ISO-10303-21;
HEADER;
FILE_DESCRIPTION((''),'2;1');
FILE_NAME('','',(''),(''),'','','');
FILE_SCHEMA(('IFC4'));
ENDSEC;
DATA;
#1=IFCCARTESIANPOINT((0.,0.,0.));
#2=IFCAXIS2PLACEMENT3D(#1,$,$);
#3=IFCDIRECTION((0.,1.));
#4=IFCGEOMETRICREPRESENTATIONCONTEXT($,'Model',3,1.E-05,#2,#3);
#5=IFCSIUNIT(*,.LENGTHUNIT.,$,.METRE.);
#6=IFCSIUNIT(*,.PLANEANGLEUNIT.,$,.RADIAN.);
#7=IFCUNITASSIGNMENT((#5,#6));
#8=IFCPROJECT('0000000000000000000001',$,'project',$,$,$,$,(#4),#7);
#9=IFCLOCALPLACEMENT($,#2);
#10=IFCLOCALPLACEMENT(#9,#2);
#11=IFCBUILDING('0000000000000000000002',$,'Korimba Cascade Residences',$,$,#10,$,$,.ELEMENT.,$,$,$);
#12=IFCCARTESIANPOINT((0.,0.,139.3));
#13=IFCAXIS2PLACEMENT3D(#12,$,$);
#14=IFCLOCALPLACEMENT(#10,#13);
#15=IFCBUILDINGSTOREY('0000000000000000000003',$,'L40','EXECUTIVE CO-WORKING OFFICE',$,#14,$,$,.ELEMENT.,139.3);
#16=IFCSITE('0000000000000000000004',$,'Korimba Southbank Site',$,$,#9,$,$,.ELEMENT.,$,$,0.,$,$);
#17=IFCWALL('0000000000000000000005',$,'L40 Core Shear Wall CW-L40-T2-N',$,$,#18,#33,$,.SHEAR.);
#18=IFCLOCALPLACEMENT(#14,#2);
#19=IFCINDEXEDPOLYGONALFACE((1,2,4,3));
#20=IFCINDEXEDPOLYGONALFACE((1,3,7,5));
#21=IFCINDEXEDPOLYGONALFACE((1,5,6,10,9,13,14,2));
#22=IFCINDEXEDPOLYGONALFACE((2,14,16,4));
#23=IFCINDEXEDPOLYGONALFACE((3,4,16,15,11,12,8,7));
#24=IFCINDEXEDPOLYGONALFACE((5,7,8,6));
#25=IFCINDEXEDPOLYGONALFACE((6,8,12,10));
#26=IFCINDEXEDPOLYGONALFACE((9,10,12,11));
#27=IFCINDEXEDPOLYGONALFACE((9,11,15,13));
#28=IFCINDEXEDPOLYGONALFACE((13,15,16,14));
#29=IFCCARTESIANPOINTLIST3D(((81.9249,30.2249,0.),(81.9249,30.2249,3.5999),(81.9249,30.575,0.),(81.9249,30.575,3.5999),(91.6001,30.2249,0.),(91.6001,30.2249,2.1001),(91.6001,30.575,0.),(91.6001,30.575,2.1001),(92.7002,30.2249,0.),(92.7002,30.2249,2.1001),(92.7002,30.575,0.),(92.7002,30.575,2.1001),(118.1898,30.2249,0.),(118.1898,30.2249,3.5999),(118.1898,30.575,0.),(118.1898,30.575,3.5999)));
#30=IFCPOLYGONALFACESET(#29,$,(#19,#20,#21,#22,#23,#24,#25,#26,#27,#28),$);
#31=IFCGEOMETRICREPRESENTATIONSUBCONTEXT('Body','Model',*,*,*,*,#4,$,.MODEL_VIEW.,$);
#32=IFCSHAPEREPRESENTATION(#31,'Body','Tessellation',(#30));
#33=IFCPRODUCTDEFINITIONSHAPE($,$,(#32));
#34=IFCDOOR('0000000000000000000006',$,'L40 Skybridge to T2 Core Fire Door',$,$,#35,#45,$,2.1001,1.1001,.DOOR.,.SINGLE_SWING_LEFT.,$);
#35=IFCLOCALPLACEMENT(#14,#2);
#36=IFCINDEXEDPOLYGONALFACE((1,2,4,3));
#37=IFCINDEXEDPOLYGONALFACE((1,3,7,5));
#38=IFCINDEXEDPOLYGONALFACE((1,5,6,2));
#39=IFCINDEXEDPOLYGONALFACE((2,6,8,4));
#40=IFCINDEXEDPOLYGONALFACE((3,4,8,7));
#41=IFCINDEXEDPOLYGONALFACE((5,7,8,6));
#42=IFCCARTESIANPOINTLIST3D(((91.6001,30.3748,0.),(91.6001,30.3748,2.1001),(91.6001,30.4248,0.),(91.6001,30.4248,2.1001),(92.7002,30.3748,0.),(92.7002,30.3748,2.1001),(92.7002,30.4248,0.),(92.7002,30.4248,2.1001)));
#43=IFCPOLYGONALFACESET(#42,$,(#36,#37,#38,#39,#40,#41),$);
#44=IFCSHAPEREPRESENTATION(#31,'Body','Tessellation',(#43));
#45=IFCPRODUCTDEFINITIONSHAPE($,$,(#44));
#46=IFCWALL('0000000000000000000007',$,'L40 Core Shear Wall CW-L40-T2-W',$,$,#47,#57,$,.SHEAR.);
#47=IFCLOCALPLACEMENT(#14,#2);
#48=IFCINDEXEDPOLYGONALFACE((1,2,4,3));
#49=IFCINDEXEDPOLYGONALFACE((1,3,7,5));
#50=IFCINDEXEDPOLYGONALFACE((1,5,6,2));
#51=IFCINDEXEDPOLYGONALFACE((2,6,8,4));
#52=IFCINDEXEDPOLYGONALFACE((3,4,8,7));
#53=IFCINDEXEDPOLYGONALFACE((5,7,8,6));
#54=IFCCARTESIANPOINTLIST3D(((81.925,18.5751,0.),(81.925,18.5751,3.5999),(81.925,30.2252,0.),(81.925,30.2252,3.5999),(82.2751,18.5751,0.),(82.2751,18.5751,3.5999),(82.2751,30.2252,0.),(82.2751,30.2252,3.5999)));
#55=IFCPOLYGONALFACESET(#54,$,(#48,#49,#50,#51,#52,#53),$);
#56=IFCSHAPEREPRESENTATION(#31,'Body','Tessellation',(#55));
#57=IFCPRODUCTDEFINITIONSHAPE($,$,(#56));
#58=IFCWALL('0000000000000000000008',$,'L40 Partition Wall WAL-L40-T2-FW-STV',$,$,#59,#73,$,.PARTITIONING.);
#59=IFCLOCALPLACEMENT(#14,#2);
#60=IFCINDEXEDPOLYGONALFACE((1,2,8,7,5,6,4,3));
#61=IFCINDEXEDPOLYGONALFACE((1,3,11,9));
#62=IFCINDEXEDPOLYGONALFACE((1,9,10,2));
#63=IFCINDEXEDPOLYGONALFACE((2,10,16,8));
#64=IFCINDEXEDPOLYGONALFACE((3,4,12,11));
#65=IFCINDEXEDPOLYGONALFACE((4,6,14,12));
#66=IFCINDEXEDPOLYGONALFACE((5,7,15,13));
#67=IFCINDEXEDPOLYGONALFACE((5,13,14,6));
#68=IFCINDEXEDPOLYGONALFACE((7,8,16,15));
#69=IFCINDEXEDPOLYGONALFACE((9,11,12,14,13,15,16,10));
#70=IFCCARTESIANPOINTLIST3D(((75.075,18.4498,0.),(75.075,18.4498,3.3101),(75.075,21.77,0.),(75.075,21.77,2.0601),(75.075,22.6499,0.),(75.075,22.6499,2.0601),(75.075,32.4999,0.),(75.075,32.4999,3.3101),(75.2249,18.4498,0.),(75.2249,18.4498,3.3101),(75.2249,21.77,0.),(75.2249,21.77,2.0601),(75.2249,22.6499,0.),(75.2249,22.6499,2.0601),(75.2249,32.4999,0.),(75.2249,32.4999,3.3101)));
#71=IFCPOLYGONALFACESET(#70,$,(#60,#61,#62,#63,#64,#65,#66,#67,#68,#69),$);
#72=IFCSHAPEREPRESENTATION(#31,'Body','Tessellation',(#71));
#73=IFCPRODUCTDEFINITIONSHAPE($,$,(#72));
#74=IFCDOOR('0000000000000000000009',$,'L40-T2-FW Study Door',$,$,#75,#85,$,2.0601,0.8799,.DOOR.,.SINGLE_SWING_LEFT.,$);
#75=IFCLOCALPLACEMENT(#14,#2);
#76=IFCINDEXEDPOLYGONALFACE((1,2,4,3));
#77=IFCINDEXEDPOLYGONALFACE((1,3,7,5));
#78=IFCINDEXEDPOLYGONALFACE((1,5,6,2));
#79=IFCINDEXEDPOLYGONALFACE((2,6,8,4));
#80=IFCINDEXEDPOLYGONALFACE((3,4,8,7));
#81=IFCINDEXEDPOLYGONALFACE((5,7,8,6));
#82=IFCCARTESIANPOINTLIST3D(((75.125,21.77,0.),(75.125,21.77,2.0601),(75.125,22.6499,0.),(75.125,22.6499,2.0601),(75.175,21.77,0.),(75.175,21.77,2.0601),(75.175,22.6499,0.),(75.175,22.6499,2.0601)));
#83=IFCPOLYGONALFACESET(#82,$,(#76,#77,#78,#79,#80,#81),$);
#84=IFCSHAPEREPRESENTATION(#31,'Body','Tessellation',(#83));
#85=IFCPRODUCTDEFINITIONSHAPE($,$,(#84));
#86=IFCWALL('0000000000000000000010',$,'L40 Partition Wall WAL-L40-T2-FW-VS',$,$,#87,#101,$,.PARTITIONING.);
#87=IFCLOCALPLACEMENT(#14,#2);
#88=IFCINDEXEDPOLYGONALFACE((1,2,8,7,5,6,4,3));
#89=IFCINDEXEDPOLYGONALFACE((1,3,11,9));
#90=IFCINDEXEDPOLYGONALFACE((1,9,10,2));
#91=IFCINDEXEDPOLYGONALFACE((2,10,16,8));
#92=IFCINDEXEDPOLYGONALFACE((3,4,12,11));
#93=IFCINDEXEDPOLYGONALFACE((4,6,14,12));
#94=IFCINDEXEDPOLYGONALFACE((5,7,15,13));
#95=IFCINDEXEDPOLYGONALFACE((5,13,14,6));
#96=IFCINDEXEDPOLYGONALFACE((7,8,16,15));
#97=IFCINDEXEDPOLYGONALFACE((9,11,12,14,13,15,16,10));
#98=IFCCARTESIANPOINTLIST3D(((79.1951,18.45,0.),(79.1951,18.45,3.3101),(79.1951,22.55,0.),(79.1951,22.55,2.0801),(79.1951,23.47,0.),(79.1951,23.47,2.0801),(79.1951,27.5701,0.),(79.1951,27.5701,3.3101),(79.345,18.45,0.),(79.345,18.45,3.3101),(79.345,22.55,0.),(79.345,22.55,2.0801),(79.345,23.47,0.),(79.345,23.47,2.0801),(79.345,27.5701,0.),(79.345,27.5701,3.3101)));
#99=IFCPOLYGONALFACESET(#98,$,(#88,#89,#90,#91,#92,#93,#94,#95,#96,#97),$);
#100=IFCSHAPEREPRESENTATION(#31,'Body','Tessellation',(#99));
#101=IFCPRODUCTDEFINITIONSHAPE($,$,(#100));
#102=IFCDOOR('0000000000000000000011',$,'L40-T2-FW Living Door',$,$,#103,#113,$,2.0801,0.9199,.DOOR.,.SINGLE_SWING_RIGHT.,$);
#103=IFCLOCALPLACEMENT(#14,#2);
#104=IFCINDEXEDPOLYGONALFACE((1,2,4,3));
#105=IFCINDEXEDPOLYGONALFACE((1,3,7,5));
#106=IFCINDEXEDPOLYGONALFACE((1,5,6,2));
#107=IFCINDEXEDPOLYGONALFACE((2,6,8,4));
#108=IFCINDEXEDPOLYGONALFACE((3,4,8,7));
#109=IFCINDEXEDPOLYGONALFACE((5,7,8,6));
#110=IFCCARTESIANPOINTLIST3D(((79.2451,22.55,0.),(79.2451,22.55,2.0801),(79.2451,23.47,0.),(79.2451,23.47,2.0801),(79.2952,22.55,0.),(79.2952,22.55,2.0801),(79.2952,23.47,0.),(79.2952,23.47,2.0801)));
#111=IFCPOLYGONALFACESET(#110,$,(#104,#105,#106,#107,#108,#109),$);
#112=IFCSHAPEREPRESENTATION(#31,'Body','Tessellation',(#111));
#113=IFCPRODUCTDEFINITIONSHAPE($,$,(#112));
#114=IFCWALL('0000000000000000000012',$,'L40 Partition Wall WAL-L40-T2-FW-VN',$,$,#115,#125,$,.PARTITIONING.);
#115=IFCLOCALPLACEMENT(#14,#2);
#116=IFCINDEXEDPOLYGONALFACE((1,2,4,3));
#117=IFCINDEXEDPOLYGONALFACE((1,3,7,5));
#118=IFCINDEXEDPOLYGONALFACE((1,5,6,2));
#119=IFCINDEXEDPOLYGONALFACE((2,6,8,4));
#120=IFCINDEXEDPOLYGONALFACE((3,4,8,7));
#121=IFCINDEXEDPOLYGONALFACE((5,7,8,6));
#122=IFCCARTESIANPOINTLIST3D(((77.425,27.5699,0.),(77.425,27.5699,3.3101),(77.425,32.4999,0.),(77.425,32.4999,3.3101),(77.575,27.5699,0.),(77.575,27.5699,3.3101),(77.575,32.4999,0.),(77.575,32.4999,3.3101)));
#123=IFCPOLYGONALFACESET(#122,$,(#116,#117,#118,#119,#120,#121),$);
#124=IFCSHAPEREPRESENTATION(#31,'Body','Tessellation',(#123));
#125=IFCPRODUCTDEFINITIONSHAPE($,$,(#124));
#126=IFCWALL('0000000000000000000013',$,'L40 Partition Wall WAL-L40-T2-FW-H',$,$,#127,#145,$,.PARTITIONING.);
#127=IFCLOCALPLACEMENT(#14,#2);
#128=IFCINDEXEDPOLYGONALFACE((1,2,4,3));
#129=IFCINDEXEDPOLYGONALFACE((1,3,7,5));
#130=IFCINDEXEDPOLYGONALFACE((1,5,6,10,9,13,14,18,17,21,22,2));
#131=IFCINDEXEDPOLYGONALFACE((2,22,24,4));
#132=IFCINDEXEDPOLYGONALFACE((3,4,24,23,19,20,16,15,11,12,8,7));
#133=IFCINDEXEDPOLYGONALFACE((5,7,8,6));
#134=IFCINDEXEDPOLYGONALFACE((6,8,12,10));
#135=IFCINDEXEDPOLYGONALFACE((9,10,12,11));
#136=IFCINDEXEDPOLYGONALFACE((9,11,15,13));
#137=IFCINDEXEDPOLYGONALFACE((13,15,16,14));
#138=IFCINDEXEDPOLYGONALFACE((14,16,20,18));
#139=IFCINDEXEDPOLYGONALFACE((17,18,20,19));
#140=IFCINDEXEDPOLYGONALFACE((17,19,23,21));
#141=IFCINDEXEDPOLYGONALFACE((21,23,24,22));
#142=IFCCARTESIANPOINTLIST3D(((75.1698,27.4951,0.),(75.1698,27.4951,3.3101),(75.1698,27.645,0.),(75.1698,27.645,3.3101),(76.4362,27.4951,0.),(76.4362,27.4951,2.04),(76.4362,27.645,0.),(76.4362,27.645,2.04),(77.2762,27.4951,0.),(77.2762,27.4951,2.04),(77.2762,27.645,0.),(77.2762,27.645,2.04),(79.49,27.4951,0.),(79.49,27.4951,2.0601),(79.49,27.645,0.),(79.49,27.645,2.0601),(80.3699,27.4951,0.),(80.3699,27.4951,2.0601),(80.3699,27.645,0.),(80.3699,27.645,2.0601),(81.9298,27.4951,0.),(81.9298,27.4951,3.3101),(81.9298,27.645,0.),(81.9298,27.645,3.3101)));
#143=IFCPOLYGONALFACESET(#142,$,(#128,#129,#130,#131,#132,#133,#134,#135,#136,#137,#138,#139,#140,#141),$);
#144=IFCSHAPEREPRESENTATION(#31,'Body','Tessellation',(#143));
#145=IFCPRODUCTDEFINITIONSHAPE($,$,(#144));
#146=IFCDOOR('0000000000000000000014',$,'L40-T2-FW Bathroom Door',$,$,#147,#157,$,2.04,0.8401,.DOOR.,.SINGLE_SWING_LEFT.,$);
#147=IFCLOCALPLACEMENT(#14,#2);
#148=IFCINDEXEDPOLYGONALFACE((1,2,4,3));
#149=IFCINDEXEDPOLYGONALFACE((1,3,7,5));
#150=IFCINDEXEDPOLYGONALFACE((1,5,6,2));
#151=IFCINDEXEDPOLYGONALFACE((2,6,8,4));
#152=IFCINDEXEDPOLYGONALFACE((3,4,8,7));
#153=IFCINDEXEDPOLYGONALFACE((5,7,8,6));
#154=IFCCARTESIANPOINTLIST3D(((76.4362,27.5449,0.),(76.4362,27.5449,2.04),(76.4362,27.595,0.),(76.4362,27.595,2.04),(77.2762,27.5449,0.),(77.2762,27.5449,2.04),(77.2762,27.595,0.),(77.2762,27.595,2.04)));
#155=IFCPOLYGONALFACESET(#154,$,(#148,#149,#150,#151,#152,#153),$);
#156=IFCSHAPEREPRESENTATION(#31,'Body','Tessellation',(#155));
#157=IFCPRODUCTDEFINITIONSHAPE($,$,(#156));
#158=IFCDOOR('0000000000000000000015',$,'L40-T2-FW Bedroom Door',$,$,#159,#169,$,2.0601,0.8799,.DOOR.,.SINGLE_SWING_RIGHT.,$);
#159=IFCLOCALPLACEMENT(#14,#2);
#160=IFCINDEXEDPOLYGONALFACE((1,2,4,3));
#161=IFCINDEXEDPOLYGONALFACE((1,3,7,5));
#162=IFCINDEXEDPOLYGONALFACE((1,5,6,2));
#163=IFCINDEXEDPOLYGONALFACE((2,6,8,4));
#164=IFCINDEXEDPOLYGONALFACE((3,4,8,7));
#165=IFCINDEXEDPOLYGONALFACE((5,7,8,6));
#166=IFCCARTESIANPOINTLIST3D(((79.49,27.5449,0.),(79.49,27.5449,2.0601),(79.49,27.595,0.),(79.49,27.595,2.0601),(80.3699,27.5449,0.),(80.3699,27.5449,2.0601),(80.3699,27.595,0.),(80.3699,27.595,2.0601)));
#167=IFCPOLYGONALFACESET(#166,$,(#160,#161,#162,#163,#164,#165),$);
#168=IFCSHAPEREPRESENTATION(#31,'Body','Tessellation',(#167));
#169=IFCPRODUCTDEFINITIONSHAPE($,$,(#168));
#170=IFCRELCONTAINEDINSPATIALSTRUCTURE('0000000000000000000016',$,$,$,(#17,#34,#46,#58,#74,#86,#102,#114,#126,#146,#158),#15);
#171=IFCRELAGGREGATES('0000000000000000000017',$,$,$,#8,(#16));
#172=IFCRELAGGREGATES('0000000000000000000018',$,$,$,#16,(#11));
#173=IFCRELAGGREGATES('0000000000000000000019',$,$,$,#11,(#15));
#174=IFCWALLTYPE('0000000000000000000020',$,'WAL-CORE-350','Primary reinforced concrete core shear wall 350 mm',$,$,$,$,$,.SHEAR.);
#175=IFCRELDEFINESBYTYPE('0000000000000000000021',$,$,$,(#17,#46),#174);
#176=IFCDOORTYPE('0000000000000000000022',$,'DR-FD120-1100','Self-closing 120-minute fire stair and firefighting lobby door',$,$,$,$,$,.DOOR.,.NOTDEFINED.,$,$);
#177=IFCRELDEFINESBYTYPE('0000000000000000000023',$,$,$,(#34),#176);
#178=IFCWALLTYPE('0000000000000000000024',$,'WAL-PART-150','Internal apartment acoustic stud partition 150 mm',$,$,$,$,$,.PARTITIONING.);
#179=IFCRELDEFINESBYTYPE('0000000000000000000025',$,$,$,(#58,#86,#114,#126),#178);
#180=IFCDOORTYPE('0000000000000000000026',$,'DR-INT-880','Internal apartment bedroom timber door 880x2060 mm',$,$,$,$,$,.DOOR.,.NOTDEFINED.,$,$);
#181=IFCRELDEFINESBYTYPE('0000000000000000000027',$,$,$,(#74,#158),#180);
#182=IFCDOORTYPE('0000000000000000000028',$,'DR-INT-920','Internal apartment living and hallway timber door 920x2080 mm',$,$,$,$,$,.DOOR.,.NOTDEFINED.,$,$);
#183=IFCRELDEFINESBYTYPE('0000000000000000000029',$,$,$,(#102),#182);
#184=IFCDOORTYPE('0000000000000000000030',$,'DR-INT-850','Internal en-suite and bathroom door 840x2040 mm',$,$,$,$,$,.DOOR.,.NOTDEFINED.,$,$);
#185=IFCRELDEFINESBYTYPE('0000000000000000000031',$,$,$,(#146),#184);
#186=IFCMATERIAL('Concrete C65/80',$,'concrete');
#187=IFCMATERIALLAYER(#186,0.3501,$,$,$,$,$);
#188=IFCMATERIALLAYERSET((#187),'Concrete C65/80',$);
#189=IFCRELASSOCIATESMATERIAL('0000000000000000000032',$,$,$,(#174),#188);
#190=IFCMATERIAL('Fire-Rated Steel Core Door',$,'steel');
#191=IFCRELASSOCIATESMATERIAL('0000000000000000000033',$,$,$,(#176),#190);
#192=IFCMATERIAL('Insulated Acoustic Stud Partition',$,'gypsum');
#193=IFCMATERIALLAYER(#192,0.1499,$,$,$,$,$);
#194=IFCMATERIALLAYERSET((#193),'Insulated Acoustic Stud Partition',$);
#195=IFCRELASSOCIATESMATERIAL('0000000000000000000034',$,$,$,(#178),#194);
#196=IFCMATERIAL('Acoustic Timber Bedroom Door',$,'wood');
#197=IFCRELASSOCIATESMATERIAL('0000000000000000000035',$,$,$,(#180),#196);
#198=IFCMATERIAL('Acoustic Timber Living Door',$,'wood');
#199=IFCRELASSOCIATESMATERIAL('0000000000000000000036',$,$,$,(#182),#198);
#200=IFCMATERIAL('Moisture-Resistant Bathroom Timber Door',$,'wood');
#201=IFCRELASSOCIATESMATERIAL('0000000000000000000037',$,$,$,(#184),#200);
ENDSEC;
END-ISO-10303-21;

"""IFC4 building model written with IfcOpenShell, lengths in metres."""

from ifc_helpers import new_model, si_unit, direction, frame, frame_2d, origin, place, context, subcontext, project, spatial, rectangle, extrude, material, layer, layer_set, type_object, element, fill, save


model = new_model("IFC4")

# Units and contexts
model_context = context("Model", 3, precision=1e-05, world=origin(), true_north=direction((0.0, 1.0)))
body_context = subcontext(model_context, "Body", "Model", "MODEL_VIEW")
ifc_project = project(units=[si_unit("LENGTHUNIT", "METRE"), si_unit("PLANEANGLEUNIT", "RADIAN")], contexts=[model_context])

# Site, building, storey
site_placement = place(None, origin())
site = spatial("IfcSite", under=ifc_project, at=site_placement, Name="Korimba Southbank Site", CompositionType="ELEMENT", RefElevation=0.0)
building_placement = place(site_placement, origin())
building = spatial("IfcBuilding", under=site, at=building_placement, Name="Korimba Cascade Residences", CompositionType="ELEMENT")
storey_placement = place(building_placement, frame((0.0, 0.0, 139.3)))
storey = spatial("IfcBuildingStorey", under=building, at=storey_placement, Name="L40", Description="EXECUTIVE CO-WORKING OFFICE", CompositionType="ELEMENT", Elevation=139.3)

# Wall, opening, door
ifc_material_1 = material(Name="Concrete C65/80", Category="concrete")
ifc_layer_1 = layer(ifc_material_1, 0.3501)
ifc_layer_set_1 = layer_set([ifc_layer_1], Name="Concrete C65/80")
wall_type_1 = type_object("IfcWallType", Name="WAL-CORE-350", Description="Primary reinforced concrete core shear wall 350 mm", PredefinedType="SHEAR", material=ifc_layer_set_1)
wall_1_placement = place(storey_placement, frame((81.925, 30.3999, 0.0), z_axis=(0.0, 0.0, 1.0), x_axis=(1.0, 0.0, 0.0)))
wall_1 = element("IfcWall", 1, at=wall_1_placement, inside=storey, type_object=wall_type_1, Name="L40 Core Shear Wall CW-L40-T2-N", PredefinedType="SHEAR", context=body_context, shape_type="SweptSolid", body=[
    extrude(rectangle(XDim=36.2649, YDim=0.3501, at=frame_2d((18.1323, 0.0))), origin(), (0.0, 0.0, 1.0), 3.5999),
])
opening_1_placement = place(wall_1_placement, frame((9.675, 0.0, 0.0)))
opening_1 = element("IfcOpeningElement", 2, at=opening_1_placement, cuts=wall_1, PredefinedType="OPENING", context=body_context, shape_type="SweptSolid", body=[
    extrude(rectangle(XDim=1.1001, YDim=2.1001, at=frame_2d((0.55, 1.05))), frame((0.0, 0.1851, 0.0), z_axis=(0.0, -1.0, 0.0), x_axis=(1.0, 0.0, 0.0)), (0.0, 0.0, 1.0), 0.3701),
])
ifc_material_2 = material(Name="Fire-Rated Steel Core Door", Category="steel")
door_type_1 = type_object("IfcDoorType", Name="DR-FD120-1100", Description="Self-closing 120-minute fire stair and firefighting lobby door", OperationType="NOTDEFINED", PredefinedType="DOOR", material=ifc_material_2)
door_1_placement = place(opening_1_placement, origin())
door_1 = element("IfcDoor", 3, at=door_1_placement, inside=storey, type_object=door_type_1, Name="L40 Skybridge to T2 Core Fire Door", OperationType="SINGLE_SWING_LEFT", OverallHeight=2.1001, OverallWidth=1.1001, PredefinedType="DOOR", context=body_context, shape_type="SweptSolid", body=[
    extrude(rectangle(XDim=1.1001, YDim=2.1001, at=frame_2d((0.55, 1.05))), frame((0.0, 0.0249, 0.0), z_axis=(0.0, -1.0, 0.0), x_axis=(1.0, 0.0, 0.0)), (0.0, 0.0, 1.0), 0.05),
])
fill(opening_1, door_1)

# Wall
wall_2_placement = place(storey_placement, frame((82.1001, 18.575, 0.0), z_axis=(0.0, 0.0, 1.0), x_axis=(0.0, 1.0, 0.0)))
element("IfcWall", 4, at=wall_2_placement, inside=storey, type_object=wall_type_1, Name="L40 Core Shear Wall CW-L40-T2-W", PredefinedType="SHEAR", context=body_context, shape_type="SweptSolid", body=[
    extrude(rectangle(XDim=11.6501, YDim=0.3501, at=frame_2d((5.8252, 0.0))), origin(), (0.0, 0.0, 1.0), 3.5999),
])

# Walls, openings, doors
ifc_material_3 = material(Name="Insulated Acoustic Stud Partition", Category="gypsum")
ifc_layer_2 = layer(ifc_material_3, 0.1499)
ifc_layer_set_2 = layer_set([ifc_layer_2], Name="Insulated Acoustic Stud Partition")
wall_type_2 = type_object("IfcWallType", Name="WAL-PART-150", Description="Internal apartment acoustic stud partition 150 mm", PredefinedType="PARTITIONING", material=ifc_layer_set_2)
wall_3_placement = place(storey_placement, frame((75.1499, 18.45, 0.0), z_axis=(0.0, 0.0, 1.0), x_axis=(0.0, 1.0, 0.0)))
wall_3 = element("IfcWall", 5, at=wall_3_placement, inside=storey, type_object=wall_type_2, Name="L40 Partition Wall WAL-L40-T2-FW-STV", PredefinedType="PARTITIONING", context=body_context, shape_type="SweptSolid", body=[
    extrude(rectangle(XDim=14.05, YDim=0.1499, at=frame_2d((7.0249, 0.0))), origin(), (0.0, 0.0, 1.0), 3.3101),
])
opening_2_placement = place(wall_3_placement, frame((3.3201, 0.0, 0.0)))
opening_2 = element("IfcOpeningElement", 6, at=opening_2_placement, cuts=wall_3, PredefinedType="OPENING", context=body_context, shape_type="SweptSolid", body=[
    extrude(rectangle(XDim=0.8799, YDim=2.0601, at=frame_2d((0.4399, 1.03))), frame((0.0, 0.085, 0.0), z_axis=(0.0, -1.0, 0.0), x_axis=(1.0, 0.0, 0.0)), (0.0, 0.0, 1.0), 0.1699),
])
ifc_material_4 = material(Name="Acoustic Timber Bedroom Door", Category="wood")
door_type_2 = type_object("IfcDoorType", Name="DR-INT-880", Description="Internal apartment bedroom timber door 880x2060 mm", OperationType="NOTDEFINED", PredefinedType="DOOR", material=ifc_material_4)
door_2_placement = place(opening_2_placement, origin())
door_2 = element("IfcDoor", 7, at=door_2_placement, inside=storey, type_object=door_type_2, Name="L40-T2-FW Study Door", OperationType="SINGLE_SWING_LEFT", OverallHeight=2.0601, OverallWidth=0.8799, PredefinedType="DOOR", context=body_context, shape_type="SweptSolid", body=[
    extrude(rectangle(XDim=0.8799, YDim=2.0601, at=frame_2d((0.4399, 1.03))), frame((0.0, 0.0249, 0.0), z_axis=(0.0, -1.0, 0.0), x_axis=(1.0, 0.0, 0.0)), (0.0, 0.0, 1.0), 0.05),
])
fill(opening_2, door_2)
wall_4_placement = place(storey_placement, frame((79.27, 18.45, 0.0), z_axis=(0.0, 0.0, 1.0), x_axis=(0.0, 1.0, 0.0)))
wall_4 = element("IfcWall", 8, at=wall_4_placement, inside=storey, type_object=wall_type_2, Name="L40 Partition Wall WAL-L40-T2-FW-VS", PredefinedType="PARTITIONING", context=body_context, shape_type="SweptSolid", body=[
    extrude(rectangle(XDim=9.1201, YDim=0.1499, at=frame_2d((4.5601, 0.0))), origin(), (0.0, 0.0, 1.0), 3.3101),
])
opening_3_placement = place(wall_4_placement, frame((4.1001, 0.0, 0.0)))
opening_3 = element("IfcOpeningElement", 9, at=opening_3_placement, cuts=wall_4, PredefinedType="OPENING", context=body_context, shape_type="SweptSolid", body=[
    extrude(rectangle(XDim=0.9199, YDim=2.0801, at=frame_2d((0.46, 1.04))), frame((0.0, 0.085, 0.0), z_axis=(0.0, -1.0, 0.0), x_axis=(1.0, 0.0, 0.0)), (0.0, 0.0, 1.0), 0.1699),
])
ifc_material_5 = material(Name="Acoustic Timber Living Door", Category="wood")
door_type_3 = type_object("IfcDoorType", Name="DR-INT-920", Description="Internal apartment living and hallway timber door 920x2080 mm", OperationType="NOTDEFINED", PredefinedType="DOOR", material=ifc_material_5)
door_3_placement = place(opening_3_placement, origin())
door_3 = element("IfcDoor", 10, at=door_3_placement, inside=storey, type_object=door_type_3, Name="L40-T2-FW Living Door", OperationType="SINGLE_SWING_RIGHT", OverallHeight=2.0801, OverallWidth=0.9199, PredefinedType="DOOR", context=body_context, shape_type="SweptSolid", body=[
    extrude(rectangle(XDim=0.9199, YDim=2.0801, at=frame_2d((0.46, 1.04))), frame((0.0, 0.0249, 0.0), z_axis=(0.0, -1.0, 0.0), x_axis=(1.0, 0.0, 0.0)), (0.0, 0.0, 1.0), 0.05),
])
fill(opening_3, door_3)

# Wall
wall_5_placement = place(storey_placement, frame((77.5, 27.5701, 0.0), z_axis=(0.0, 0.0, 1.0), x_axis=(0.0, 1.0, 0.0)))
element("IfcWall", 11, at=wall_5_placement, inside=storey, type_object=wall_type_2, Name="L40 Partition Wall WAL-L40-T2-FW-VN", PredefinedType="PARTITIONING", context=body_context, shape_type="SweptSolid", body=[
    extrude(rectangle(XDim=4.9299, YDim=0.1499, at=frame_2d((2.4648, 0.0))), origin(), (0.0, 0.0, 1.0), 3.3101),
])

# Wall, openings, doors
wall_6_placement = place(storey_placement, frame((75.1699, 27.5701, 0.0), z_axis=(0.0, 0.0, 1.0), x_axis=(1.0, 0.0, 0.0)))
wall_6 = element("IfcWall", 12, at=wall_6_placement, inside=storey, type_object=wall_type_2, Name="L40 Partition Wall WAL-L40-T2-FW-H", PredefinedType="PARTITIONING", context=body_context, shape_type="SweptSolid", body=[
    extrude(rectangle(XDim=6.76, YDim=0.1499, at=frame_2d((3.3799, 0.0))), origin(), (0.0, 0.0, 1.0), 3.3101),
])
opening_4_placement = place(wall_6_placement, frame((1.2664, 0.0, 0.0)))
opening_4 = element("IfcOpeningElement", 13, at=opening_4_placement, cuts=wall_6, PredefinedType="OPENING", context=body_context, shape_type="SweptSolid", body=[
    extrude(rectangle(XDim=0.8401, YDim=2.04, at=frame_2d((0.4199, 1.02))), frame((0.0, 0.085, 0.0), z_axis=(0.0, -1.0, 0.0), x_axis=(1.0, 0.0, 0.0)), (0.0, 0.0, 1.0), 0.1699),
])
opening_5_placement = place(wall_6_placement, frame((4.3201, 0.0, 0.0)))
opening_5 = element("IfcOpeningElement", 14, at=opening_5_placement, cuts=wall_6, PredefinedType="OPENING", context=body_context, shape_type="SweptSolid", body=[
    extrude(rectangle(XDim=0.8799, YDim=2.0601, at=frame_2d((0.4399, 1.03))), frame((0.0, 0.085, 0.0), z_axis=(0.0, -1.0, 0.0), x_axis=(1.0, 0.0, 0.0)), (0.0, 0.0, 1.0), 0.1699),
])
ifc_material_6 = material(Name="Moisture-Resistant Bathroom Timber Door", Category="wood")
door_type_4 = type_object("IfcDoorType", Name="DR-INT-850", Description="Internal en-suite and bathroom door 840x2040 mm", OperationType="NOTDEFINED", PredefinedType="DOOR", material=ifc_material_6)
door_4_placement = place(opening_4_placement, origin())
door_4 = element("IfcDoor", 15, at=door_4_placement, inside=storey, type_object=door_type_4, Name="L40-T2-FW Bathroom Door", OperationType="SINGLE_SWING_LEFT", OverallHeight=2.04, OverallWidth=0.8401, PredefinedType="DOOR", context=body_context, shape_type="SweptSolid", body=[
    extrude(rectangle(XDim=0.8401, YDim=2.04, at=frame_2d((0.4199, 1.02))), frame((0.0, 0.0249, 0.0), z_axis=(0.0, -1.0, 0.0), x_axis=(1.0, 0.0, 0.0)), (0.0, 0.0, 1.0), 0.05),
])
fill(opening_4, door_4)
door_5_placement = place(opening_5_placement, origin())
door_5 = element("IfcDoor", 16, at=door_5_placement, inside=storey, type_object=door_type_2, Name="L40-T2-FW Bedroom Door", OperationType="SINGLE_SWING_RIGHT", OverallHeight=2.0601, OverallWidth=0.8799, PredefinedType="DOOR", context=body_context, shape_type="SweptSolid", body=[
    extrude(rectangle(XDim=0.8799, YDim=2.0601, at=frame_2d((0.4399, 1.03))), frame((0.0, 0.0249, 0.0), z_axis=(0.0, -1.0, 0.0), x_axis=(1.0, 0.0, 0.0)), (0.0, 0.0, 1.0), 0.05),
])
fill(opening_5, door_5)

save(model, "model.ifc")
